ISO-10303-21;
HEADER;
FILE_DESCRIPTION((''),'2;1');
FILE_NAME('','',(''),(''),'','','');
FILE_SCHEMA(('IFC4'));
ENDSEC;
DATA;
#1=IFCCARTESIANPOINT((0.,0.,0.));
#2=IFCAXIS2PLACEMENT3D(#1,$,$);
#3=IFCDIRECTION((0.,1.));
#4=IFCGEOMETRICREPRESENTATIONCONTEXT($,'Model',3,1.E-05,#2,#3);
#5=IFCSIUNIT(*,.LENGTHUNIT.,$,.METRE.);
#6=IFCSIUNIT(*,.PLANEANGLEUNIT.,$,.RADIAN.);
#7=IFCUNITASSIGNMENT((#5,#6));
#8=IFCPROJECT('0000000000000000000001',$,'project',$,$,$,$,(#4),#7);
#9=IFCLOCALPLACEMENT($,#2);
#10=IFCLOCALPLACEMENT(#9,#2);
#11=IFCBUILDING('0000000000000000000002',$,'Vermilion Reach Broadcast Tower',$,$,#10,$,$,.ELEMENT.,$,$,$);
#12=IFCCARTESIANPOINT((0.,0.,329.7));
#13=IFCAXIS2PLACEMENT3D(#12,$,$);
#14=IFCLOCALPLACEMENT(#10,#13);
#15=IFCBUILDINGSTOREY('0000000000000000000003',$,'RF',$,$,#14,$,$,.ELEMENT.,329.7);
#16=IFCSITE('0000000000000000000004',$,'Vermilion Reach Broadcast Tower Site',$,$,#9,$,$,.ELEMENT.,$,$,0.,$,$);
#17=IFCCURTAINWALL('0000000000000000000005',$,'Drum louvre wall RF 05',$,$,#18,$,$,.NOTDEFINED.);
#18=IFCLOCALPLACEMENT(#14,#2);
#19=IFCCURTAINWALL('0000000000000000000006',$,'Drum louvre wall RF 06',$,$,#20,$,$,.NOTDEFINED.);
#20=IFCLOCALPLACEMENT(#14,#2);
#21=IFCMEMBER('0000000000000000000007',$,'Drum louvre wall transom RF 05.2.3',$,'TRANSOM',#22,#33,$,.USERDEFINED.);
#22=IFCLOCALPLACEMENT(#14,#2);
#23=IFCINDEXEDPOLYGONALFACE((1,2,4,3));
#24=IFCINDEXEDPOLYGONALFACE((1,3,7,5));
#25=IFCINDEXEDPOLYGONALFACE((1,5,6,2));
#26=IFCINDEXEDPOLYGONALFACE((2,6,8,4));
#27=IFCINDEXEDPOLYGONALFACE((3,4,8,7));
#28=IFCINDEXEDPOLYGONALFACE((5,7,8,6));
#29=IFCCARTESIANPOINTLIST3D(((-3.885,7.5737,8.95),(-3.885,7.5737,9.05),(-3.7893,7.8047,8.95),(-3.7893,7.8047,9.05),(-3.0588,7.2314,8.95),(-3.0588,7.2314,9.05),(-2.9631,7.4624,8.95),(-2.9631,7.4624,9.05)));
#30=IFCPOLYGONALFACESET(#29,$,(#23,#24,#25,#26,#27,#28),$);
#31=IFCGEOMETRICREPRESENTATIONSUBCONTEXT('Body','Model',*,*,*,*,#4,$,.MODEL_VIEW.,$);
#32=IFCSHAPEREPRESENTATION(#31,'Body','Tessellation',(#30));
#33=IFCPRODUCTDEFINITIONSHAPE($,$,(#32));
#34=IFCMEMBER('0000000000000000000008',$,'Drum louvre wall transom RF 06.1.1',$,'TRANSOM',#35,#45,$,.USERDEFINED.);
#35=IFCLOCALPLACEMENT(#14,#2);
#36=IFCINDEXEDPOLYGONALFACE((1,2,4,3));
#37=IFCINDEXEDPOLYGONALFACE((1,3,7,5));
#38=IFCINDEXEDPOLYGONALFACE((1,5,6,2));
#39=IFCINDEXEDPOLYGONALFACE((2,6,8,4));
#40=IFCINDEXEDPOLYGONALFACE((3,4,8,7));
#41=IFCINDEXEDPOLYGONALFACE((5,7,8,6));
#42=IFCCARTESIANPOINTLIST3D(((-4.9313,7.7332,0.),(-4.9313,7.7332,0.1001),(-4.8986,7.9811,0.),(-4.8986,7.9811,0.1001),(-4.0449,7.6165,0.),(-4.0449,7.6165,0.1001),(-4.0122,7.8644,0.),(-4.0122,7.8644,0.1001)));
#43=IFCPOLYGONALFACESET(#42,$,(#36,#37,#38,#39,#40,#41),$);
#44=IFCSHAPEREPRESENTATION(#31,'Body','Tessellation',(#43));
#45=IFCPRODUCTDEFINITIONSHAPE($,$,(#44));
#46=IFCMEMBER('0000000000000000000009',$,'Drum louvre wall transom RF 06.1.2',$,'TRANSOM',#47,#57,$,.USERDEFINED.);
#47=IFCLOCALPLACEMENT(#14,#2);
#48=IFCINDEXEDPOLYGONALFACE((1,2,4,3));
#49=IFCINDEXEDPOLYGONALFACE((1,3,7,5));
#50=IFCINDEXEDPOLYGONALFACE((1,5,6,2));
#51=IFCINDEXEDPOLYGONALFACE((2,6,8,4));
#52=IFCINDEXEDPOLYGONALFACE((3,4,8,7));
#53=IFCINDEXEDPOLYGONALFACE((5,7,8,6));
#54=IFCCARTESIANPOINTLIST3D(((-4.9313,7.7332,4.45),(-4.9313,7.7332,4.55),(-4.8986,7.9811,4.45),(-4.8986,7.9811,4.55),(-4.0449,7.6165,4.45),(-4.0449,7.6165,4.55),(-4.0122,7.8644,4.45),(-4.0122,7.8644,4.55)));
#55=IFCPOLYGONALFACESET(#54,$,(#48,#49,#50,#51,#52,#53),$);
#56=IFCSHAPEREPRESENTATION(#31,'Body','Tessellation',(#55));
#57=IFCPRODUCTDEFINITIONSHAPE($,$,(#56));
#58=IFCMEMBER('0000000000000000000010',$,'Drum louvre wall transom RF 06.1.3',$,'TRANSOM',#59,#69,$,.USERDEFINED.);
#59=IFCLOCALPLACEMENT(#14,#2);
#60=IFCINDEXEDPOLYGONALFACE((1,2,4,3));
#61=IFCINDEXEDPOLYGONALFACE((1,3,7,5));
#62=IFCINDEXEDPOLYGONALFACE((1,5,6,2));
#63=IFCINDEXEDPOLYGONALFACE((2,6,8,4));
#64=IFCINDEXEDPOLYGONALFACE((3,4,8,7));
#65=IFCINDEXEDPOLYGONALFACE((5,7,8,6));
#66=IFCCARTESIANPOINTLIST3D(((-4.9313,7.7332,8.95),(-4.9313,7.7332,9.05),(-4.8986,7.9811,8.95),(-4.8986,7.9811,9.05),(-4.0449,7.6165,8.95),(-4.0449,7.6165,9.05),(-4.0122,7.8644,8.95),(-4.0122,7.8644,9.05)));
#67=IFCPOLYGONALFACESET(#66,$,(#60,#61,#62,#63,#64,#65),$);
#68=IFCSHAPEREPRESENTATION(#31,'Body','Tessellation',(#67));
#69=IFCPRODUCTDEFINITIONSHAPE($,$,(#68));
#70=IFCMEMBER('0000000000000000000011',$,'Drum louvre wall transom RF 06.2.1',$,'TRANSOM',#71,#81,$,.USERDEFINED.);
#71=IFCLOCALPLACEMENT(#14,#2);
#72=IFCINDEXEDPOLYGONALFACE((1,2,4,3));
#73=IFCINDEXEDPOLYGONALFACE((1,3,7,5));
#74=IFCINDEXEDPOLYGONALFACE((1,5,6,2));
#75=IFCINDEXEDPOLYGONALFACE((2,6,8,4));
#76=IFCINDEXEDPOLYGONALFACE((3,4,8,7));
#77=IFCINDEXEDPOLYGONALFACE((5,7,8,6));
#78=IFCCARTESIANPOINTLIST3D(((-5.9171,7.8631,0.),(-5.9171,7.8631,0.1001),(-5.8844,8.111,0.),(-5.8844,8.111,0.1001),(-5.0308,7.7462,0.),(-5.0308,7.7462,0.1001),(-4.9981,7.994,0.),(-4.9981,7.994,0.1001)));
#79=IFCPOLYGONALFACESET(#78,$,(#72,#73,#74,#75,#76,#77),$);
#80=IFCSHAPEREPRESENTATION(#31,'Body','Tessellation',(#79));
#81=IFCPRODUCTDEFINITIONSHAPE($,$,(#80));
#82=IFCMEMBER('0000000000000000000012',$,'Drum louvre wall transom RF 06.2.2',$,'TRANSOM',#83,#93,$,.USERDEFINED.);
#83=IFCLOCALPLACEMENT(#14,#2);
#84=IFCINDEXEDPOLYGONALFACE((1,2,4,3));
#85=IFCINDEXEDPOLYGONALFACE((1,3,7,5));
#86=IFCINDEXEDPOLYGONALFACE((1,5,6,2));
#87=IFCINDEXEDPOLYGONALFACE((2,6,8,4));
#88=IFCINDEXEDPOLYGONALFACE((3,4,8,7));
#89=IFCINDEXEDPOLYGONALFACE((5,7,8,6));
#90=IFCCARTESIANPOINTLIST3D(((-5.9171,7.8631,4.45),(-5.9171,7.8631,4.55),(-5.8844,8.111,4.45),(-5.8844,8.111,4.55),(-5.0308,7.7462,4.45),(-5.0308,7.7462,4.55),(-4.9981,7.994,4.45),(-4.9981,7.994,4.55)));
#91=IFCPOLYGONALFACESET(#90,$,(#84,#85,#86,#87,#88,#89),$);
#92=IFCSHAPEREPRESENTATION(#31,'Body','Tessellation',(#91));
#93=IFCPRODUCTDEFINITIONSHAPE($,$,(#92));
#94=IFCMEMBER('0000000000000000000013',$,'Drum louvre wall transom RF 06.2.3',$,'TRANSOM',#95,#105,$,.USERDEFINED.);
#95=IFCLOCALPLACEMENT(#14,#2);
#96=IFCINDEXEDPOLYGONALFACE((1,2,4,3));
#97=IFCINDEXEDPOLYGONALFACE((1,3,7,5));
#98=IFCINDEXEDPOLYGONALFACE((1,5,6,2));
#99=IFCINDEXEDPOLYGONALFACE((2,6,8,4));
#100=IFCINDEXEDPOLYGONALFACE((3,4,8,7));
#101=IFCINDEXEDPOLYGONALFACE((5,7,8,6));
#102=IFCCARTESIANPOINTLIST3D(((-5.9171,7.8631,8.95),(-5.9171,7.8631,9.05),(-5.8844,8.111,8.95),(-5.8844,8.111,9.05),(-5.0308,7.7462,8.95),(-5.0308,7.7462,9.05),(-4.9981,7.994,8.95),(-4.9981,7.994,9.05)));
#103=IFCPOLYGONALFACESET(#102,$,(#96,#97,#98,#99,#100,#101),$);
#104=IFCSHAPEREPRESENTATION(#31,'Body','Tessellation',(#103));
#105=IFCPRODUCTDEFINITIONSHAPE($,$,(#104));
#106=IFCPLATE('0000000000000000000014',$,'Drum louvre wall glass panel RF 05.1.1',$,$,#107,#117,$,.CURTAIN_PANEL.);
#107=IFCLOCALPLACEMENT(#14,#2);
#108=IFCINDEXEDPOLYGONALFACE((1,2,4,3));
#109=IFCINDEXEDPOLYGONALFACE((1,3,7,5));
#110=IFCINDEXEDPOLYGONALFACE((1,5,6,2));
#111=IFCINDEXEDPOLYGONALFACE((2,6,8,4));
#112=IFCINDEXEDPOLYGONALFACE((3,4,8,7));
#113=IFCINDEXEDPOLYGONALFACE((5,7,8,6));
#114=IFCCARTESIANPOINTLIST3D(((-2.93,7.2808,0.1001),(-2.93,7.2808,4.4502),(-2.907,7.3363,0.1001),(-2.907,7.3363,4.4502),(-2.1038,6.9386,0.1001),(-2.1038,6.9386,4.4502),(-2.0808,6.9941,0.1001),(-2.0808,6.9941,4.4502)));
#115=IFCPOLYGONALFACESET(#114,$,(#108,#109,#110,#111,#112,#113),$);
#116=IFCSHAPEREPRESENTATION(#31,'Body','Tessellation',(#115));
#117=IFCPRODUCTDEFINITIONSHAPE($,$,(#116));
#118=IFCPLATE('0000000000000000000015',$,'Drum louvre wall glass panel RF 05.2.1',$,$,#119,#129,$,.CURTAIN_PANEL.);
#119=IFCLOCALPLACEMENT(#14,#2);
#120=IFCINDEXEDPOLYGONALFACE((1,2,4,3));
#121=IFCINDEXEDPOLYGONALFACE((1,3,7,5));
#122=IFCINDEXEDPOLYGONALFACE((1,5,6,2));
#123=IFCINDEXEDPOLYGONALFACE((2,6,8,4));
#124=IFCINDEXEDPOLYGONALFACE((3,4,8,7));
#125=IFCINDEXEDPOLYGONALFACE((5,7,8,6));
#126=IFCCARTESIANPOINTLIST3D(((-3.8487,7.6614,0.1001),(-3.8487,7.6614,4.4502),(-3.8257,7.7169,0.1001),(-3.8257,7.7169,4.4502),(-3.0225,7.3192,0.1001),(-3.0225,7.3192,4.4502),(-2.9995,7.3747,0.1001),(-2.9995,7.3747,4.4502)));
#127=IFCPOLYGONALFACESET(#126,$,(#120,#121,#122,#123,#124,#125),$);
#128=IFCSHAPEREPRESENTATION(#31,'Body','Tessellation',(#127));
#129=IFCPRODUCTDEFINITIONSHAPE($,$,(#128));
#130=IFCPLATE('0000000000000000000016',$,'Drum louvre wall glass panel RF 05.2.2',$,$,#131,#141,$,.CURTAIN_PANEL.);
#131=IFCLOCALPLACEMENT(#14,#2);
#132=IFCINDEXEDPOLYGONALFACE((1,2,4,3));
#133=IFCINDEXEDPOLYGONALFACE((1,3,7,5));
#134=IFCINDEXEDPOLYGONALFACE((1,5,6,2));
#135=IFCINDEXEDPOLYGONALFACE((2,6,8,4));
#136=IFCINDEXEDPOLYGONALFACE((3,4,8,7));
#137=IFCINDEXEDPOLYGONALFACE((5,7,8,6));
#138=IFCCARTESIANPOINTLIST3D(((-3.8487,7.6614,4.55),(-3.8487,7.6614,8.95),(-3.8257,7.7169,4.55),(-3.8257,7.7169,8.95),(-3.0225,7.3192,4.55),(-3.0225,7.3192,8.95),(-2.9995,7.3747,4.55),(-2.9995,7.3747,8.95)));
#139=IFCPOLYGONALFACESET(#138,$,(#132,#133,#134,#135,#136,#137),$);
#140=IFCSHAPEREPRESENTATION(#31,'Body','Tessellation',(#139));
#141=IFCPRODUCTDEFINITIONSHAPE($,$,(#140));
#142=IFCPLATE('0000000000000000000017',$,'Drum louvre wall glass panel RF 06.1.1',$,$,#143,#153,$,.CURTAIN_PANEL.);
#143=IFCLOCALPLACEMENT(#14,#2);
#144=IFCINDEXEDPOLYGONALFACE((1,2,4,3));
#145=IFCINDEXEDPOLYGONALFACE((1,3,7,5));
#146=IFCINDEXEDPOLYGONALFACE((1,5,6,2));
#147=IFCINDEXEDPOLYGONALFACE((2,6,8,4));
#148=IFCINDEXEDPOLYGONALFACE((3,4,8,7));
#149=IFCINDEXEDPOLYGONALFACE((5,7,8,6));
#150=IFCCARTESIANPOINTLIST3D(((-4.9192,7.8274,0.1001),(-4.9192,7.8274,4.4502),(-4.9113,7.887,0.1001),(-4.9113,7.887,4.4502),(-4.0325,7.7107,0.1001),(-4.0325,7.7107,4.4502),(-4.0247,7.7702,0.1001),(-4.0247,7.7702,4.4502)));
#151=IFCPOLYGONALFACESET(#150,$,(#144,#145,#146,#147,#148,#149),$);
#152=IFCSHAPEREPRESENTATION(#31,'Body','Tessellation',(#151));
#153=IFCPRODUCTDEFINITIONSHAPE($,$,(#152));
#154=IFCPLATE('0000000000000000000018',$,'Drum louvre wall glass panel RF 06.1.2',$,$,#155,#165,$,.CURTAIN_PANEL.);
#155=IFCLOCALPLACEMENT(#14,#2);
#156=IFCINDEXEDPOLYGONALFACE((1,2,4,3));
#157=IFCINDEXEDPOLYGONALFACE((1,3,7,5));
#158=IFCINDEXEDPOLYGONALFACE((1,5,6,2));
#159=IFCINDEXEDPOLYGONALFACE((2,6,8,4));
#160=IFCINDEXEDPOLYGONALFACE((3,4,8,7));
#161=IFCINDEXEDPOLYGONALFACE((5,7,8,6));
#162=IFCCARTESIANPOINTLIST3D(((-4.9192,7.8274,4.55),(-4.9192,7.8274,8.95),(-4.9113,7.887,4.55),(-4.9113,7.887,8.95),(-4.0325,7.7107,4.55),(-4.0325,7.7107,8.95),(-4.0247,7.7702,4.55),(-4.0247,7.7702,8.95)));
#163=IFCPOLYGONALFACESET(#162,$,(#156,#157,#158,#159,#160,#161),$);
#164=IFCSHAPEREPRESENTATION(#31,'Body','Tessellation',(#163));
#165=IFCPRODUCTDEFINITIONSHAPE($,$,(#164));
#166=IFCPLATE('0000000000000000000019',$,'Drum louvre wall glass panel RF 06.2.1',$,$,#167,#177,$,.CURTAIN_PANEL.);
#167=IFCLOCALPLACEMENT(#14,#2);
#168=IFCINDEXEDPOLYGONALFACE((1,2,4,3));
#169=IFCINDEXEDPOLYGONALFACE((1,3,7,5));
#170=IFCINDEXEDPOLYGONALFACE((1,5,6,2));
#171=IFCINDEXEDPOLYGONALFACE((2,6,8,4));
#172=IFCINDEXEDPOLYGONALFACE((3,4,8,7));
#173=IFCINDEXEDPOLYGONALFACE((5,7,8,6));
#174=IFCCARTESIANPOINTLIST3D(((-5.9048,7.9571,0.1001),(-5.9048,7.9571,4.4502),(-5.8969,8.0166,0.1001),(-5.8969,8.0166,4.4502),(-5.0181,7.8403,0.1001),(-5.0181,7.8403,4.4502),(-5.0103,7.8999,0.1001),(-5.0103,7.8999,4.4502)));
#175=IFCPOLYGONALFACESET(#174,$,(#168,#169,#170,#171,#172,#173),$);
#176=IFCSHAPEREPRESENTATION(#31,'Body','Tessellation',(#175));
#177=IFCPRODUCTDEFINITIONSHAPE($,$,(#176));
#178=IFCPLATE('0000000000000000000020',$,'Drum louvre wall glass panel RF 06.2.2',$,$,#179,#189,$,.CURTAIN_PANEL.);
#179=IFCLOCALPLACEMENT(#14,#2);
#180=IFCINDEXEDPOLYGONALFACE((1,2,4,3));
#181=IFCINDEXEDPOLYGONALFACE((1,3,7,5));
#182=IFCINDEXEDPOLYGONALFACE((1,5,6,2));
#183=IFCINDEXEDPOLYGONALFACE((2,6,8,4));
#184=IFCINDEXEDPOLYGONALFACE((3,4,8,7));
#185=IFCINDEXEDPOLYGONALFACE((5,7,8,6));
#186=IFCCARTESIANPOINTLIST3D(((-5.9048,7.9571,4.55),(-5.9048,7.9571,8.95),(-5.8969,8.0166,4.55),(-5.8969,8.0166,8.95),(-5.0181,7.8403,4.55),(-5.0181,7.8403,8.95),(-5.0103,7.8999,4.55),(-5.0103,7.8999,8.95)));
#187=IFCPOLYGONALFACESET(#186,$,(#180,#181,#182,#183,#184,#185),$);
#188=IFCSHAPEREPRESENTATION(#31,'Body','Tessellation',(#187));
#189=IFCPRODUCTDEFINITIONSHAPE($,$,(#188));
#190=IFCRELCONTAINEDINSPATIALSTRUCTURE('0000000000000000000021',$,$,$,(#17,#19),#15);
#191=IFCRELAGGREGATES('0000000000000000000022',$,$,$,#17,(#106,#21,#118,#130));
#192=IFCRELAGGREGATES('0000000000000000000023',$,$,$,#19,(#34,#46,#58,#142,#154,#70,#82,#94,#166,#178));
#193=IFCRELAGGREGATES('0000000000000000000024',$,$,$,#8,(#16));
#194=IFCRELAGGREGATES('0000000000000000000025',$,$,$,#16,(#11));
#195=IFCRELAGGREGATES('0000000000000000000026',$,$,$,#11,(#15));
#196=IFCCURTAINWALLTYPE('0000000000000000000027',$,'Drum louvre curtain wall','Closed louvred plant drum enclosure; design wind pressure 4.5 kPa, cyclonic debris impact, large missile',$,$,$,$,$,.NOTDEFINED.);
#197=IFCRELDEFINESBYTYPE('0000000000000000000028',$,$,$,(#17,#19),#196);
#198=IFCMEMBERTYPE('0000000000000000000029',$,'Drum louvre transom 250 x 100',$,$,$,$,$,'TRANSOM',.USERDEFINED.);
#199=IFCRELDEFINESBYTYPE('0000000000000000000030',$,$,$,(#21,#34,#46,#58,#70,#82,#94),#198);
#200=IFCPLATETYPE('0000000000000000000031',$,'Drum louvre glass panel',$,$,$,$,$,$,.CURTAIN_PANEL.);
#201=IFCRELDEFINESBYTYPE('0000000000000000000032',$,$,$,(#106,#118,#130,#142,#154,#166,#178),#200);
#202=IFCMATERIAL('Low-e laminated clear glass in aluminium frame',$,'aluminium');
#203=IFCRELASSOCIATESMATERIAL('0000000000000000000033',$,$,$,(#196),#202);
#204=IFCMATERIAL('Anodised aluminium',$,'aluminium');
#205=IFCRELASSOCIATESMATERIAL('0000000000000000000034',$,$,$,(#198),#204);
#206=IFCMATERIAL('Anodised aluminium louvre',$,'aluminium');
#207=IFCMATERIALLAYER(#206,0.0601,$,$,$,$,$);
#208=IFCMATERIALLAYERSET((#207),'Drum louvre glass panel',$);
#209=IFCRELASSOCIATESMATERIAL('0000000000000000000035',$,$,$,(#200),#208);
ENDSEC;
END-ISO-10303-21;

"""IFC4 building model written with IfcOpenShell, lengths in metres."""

from ifc_helpers import new_model, si_unit, direction, frame, origin, origin_2d, place, context, subcontext, project, spatial, rectangle, extrude, material, layer, layer_set, material_profile, profile_set, type_object, element, aggregate, save


model = new_model("IFC4")

# Units and contexts
model_context = context("Model", 3, precision=1e-05, world=origin(), true_north=direction((0.0, 1.0)))
body_context = subcontext(model_context, "Body", "Model", "MODEL_VIEW")
ifc_project = project(units=[si_unit("LENGTHUNIT", "METRE"), si_unit("PLANEANGLEUNIT", "RADIAN")], contexts=[model_context])

# Site, building, storey
site_placement = place(None, origin())
site = spatial("IfcSite", under=ifc_project, at=site_placement, Name="Vermilion Reach Broadcast Tower Site", CompositionType="ELEMENT", RefElevation=0.0)
building_placement = place(site_placement, origin())
building = spatial("IfcBuilding", under=site, at=building_placement, Name="Vermilion Reach Broadcast Tower", CompositionType="ELEMENT")
storey_placement = place(building_placement, frame((0.0, 0.0, 329.7)))
storey = spatial("IfcBuildingStorey", under=building, at=storey_placement, Name="RF", CompositionType="ELEMENT", Elevation=329.7)

# Curtain walls
ifc_material_1 = material(Name="Low-e laminated clear glass in aluminium frame", Category="aluminium")
curtain_wall_type = type_object("IfcCurtainWallType", Name="Drum louvre curtain wall", Description="Closed louvred plant drum enclosure; design wind pressure 4.5 kPa, cyclonic debris impact, large missile", PredefinedType="NOTDEFINED", material=ifc_material_1)
placement = place(storey_placement, origin())
curtain_wall_1 = element("IfcCurtainWall", 1, at=placement, inside=storey, type_object=curtain_wall_type, Name="Drum louvre wall RF 05", PredefinedType="NOTDEFINED")
curtain_wall_2 = element("IfcCurtainWall", 2, at=placement, inside=storey, type_object=curtain_wall_type, Name="Drum louvre wall RF 06", PredefinedType="NOTDEFINED")

# Members
ifc_material_2 = material(Name="Anodised aluminium", Category="aluminium")
ifc_material_profile_1 = material_profile(ifc_material_2, rectangle(XDim=0.25, YDim=0.1001, at=origin_2d()), Name="Drum louvre transom 250 x 100")
ifc_profile_set_1 = profile_set([ifc_material_profile_1], Name="Anodised aluminium")
member_type_1 = type_object("IfcMemberType", Name="Drum louvre transom 250 x 100", ElementType="TRANSOM", PredefinedType="USERDEFINED", material=ifc_profile_set_1)
member_1_placement = place(storey_placement, frame((-3.011, 7.3469, 9.0), z_axis=(-0.92385, 0.382754, 0.0), x_axis=(-0.382754, -0.92385, 0.0)))
member_1 = element("IfcMember", 3, at=member_1_placement, type_object=member_type_1, Name="Drum louvre wall transom RF 05.2.3", ObjectType="TRANSOM", PredefinedType="USERDEFINED", context=body_context, shape_type="SweptSolid", body=[
    extrude(rectangle(XDim=0.25, YDim=0.1001, at=origin_2d()), origin(), (0.0, 0.0, 1.0), 0.8943),
])
member_2_placement = place(storey_placement, frame((-4.0286, 7.7405, 0.05), z_axis=(-0.991446, 0.130518, 0.0), x_axis=(-0.130518, -0.991446, 0.0)))
member_2 = element("IfcMember", 4, at=member_2_placement, type_object=member_type_1, Name="Drum louvre wall transom RF 06.1.1", ObjectType="TRANSOM", PredefinedType="USERDEFINED", context=body_context, shape_type="SweptSolid", body=[
    extrude(rectangle(XDim=0.25, YDim=0.1001, at=origin_2d()), origin(), (0.0, 0.0, 1.0), 0.894),
])
member_3_placement = place(storey_placement, frame((-4.0286, 7.7405, 4.5), z_axis=(-0.991446, 0.130518, 0.0), x_axis=(-0.130518, -0.991446, 0.0)))
member_3 = element("IfcMember", 5, at=member_3_placement, type_object=member_type_1, Name="Drum louvre wall transom RF 06.1.2", ObjectType="TRANSOM", PredefinedType="USERDEFINED", context=body_context, shape_type="SweptSolid", body=[
    extrude(rectangle(XDim=0.25, YDim=0.1001, at=origin_2d()), origin(), (0.0, 0.0, 1.0), 0.894),
])
member_4_placement = place(storey_placement, frame((-4.0286, 7.7405, 9.0), z_axis=(-0.991446, 0.130518, 0.0), x_axis=(-0.130518, -0.991446, 0.0)))
member_4 = element("IfcMember", 6, at=member_4_placement, type_object=member_type_1, Name="Drum louvre wall transom RF 06.1.3", ObjectType="TRANSOM", PredefinedType="USERDEFINED", context=body_context, shape_type="SweptSolid", body=[
    extrude(rectangle(XDim=0.25, YDim=0.1001, at=origin_2d()), origin(), (0.0, 0.0, 1.0), 0.894),
])
member_5_placement = place(storey_placement, frame((-5.0144, 7.8701, 0.05), z_axis=(-0.991411, 0.130786, 0.0), x_axis=(-0.130786, -0.991411, 0.0)))
member_5 = element("IfcMember", 7, at=member_5_placement, type_object=member_type_1, Name="Drum louvre wall transom RF 06.2.1", ObjectType="TRANSOM", PredefinedType="USERDEFINED", context=body_context, shape_type="SweptSolid", body=[
    extrude(rectangle(XDim=0.25, YDim=0.1001, at=origin_2d()), origin(), (0.0, 0.0, 1.0), 0.894),
])
member_6_placement = place(storey_placement, frame((-5.0144, 7.8701, 4.5), z_axis=(-0.991411, 0.130786, 0.0), x_axis=(-0.130786, -0.991411, 0.0)))
member_6 = element("IfcMember", 8, at=member_6_placement, type_object=member_type_1, Name="Drum louvre wall transom RF 06.2.2", ObjectType="TRANSOM", PredefinedType="USERDEFINED", context=body_context, shape_type="SweptSolid", body=[
    extrude(rectangle(XDim=0.25, YDim=0.1001, at=origin_2d()), origin(), (0.0, 0.0, 1.0), 0.894),
])
member_7_placement = place(storey_placement, frame((-5.0144, 7.8701, 9.0), z_axis=(-0.991411, 0.130786, 0.0), x_axis=(-0.130786, -0.991411, 0.0)))
member_7 = element("IfcMember", 9, at=member_7_placement, type_object=member_type_1, Name="Drum louvre wall transom RF 06.2.3", ObjectType="TRANSOM", PredefinedType="USERDEFINED", context=body_context, shape_type="SweptSolid", body=[
    extrude(rectangle(XDim=0.25, YDim=0.1001, at=origin_2d()), origin(), (0.0, 0.0, 1.0), 0.894),
])

# Plates
ifc_material_3 = material(Name="Anodised aluminium louvre", Category="aluminium")
ifc_layer = layer(ifc_material_3, 0.0601)
ifc_layer_set = layer_set([ifc_layer], Name="Drum louvre glass panel")
plate_type = type_object("IfcPlateType", Name="Drum louvre glass panel", PredefinedType="CURTAIN_PANEL", material=ifc_layer_set)
plate_1_placement = place(storey_placement, frame((-2.5054, 7.1375, 0.1001), z_axis=(0.0, 0.0, 1.0), x_axis=(-0.92388, 0.382683, 0.0)))
plate_1 = element("IfcPlate", 10, at=plate_1_placement, type_object=plate_type, Name="Drum louvre wall glass panel RF 05.1.1", PredefinedType="CURTAIN_PANEL", context=body_context, shape_type="SweptSolid", body=[
    extrude(rectangle(XDim=0.8943, YDim=0.0601, at=origin_2d()), origin(), (0.0, 0.0, 1.0), 4.3501),
])
plate_2_placement = place(storey_placement, frame((-3.4241, 7.5181, 0.1001), z_axis=(0.0, 0.0, 1.0), x_axis=(-0.92388, 0.382683, 0.0)))
plate_2 = element("IfcPlate", 11, at=plate_2_placement, type_object=plate_type, Name="Drum louvre wall glass panel RF 05.2.1", PredefinedType="CURTAIN_PANEL", context=body_context, shape_type="SweptSolid", body=[
    extrude(rectangle(XDim=0.8943, YDim=0.0601, at=origin_2d()), origin(), (0.0, 0.0, 1.0), 4.3501),
])
plate_3_placement = place(storey_placement, frame((-3.4241, 7.5181, 4.55), z_axis=(0.0, 0.0, 1.0), x_axis=(-0.92388, 0.382683, 0.0)))
plate_3 = element("IfcPlate", 12, at=plate_3_placement, type_object=plate_type, Name="Drum louvre wall glass panel RF 05.2.2", PredefinedType="CURTAIN_PANEL", context=body_context, shape_type="SweptSolid", body=[
    extrude(rectangle(XDim=0.8943, YDim=0.0601, at=origin_2d()), origin(), (0.0, 0.0, 1.0), 4.3999),
])
aggregate(curtain_wall_1, [plate_1, member_1, plate_2, plate_3])
plate_4_placement = place(storey_placement, frame((-4.4719, 7.7988, 0.1001), z_axis=(0.0, 0.0, 1.0), x_axis=(-0.991445, 0.130526, 0.0)))
plate_4 = element("IfcPlate", 13, at=plate_4_placement, type_object=plate_type, Name="Drum louvre wall glass panel RF 06.1.1", PredefinedType="CURTAIN_PANEL", context=body_context, shape_type="SweptSolid", body=[
    extrude(rectangle(XDim=0.8943, YDim=0.0601, at=origin_2d()), origin(), (0.0, 0.0, 1.0), 4.3501),
])
plate_5_placement = place(storey_placement, frame((-4.4719, 7.7988, 4.55), z_axis=(0.0, 0.0, 1.0), x_axis=(-0.991445, 0.130526, 0.0)))
plate_5 = element("IfcPlate", 14, at=plate_5_placement, type_object=plate_type, Name="Drum louvre wall glass panel RF 06.1.2", PredefinedType="CURTAIN_PANEL", context=body_context, shape_type="SweptSolid", body=[
    extrude(rectangle(XDim=0.8943, YDim=0.0601, at=origin_2d()), origin(), (0.0, 0.0, 1.0), 4.3999),
])
plate_6_placement = place(storey_placement, frame((-5.4575, 7.9285, 0.1001), z_axis=(0.0, 0.0, 1.0), x_axis=(-0.991445, 0.130526, 0.0)))
plate_6 = element("IfcPlate", 15, at=plate_6_placement, type_object=plate_type, Name="Drum louvre wall glass panel RF 06.2.1", PredefinedType="CURTAIN_PANEL", context=body_context, shape_type="SweptSolid", body=[
    extrude(rectangle(XDim=0.8943, YDim=0.0601, at=origin_2d()), origin(), (0.0, 0.0, 1.0), 4.3501),
])
plate_7_placement = place(storey_placement, frame((-5.4575, 7.9285, 4.55), z_axis=(0.0, 0.0, 1.0), x_axis=(-0.991445, 0.130526, 0.0)))
plate_7 = element("IfcPlate", 16, at=plate_7_placement, type_object=plate_type, Name="Drum louvre wall glass panel RF 06.2.2", PredefinedType="CURTAIN_PANEL", context=body_context, shape_type="SweptSolid", body=[
    extrude(rectangle(XDim=0.8943, YDim=0.0601, at=origin_2d()), origin(), (0.0, 0.0, 1.0), 4.3999),
])
aggregate(curtain_wall_2, [member_2, member_3, member_4, plate_4, plate_5, member_5, member_6, member_7, plate_6, plate_7])

save(model, "model.ifc")
